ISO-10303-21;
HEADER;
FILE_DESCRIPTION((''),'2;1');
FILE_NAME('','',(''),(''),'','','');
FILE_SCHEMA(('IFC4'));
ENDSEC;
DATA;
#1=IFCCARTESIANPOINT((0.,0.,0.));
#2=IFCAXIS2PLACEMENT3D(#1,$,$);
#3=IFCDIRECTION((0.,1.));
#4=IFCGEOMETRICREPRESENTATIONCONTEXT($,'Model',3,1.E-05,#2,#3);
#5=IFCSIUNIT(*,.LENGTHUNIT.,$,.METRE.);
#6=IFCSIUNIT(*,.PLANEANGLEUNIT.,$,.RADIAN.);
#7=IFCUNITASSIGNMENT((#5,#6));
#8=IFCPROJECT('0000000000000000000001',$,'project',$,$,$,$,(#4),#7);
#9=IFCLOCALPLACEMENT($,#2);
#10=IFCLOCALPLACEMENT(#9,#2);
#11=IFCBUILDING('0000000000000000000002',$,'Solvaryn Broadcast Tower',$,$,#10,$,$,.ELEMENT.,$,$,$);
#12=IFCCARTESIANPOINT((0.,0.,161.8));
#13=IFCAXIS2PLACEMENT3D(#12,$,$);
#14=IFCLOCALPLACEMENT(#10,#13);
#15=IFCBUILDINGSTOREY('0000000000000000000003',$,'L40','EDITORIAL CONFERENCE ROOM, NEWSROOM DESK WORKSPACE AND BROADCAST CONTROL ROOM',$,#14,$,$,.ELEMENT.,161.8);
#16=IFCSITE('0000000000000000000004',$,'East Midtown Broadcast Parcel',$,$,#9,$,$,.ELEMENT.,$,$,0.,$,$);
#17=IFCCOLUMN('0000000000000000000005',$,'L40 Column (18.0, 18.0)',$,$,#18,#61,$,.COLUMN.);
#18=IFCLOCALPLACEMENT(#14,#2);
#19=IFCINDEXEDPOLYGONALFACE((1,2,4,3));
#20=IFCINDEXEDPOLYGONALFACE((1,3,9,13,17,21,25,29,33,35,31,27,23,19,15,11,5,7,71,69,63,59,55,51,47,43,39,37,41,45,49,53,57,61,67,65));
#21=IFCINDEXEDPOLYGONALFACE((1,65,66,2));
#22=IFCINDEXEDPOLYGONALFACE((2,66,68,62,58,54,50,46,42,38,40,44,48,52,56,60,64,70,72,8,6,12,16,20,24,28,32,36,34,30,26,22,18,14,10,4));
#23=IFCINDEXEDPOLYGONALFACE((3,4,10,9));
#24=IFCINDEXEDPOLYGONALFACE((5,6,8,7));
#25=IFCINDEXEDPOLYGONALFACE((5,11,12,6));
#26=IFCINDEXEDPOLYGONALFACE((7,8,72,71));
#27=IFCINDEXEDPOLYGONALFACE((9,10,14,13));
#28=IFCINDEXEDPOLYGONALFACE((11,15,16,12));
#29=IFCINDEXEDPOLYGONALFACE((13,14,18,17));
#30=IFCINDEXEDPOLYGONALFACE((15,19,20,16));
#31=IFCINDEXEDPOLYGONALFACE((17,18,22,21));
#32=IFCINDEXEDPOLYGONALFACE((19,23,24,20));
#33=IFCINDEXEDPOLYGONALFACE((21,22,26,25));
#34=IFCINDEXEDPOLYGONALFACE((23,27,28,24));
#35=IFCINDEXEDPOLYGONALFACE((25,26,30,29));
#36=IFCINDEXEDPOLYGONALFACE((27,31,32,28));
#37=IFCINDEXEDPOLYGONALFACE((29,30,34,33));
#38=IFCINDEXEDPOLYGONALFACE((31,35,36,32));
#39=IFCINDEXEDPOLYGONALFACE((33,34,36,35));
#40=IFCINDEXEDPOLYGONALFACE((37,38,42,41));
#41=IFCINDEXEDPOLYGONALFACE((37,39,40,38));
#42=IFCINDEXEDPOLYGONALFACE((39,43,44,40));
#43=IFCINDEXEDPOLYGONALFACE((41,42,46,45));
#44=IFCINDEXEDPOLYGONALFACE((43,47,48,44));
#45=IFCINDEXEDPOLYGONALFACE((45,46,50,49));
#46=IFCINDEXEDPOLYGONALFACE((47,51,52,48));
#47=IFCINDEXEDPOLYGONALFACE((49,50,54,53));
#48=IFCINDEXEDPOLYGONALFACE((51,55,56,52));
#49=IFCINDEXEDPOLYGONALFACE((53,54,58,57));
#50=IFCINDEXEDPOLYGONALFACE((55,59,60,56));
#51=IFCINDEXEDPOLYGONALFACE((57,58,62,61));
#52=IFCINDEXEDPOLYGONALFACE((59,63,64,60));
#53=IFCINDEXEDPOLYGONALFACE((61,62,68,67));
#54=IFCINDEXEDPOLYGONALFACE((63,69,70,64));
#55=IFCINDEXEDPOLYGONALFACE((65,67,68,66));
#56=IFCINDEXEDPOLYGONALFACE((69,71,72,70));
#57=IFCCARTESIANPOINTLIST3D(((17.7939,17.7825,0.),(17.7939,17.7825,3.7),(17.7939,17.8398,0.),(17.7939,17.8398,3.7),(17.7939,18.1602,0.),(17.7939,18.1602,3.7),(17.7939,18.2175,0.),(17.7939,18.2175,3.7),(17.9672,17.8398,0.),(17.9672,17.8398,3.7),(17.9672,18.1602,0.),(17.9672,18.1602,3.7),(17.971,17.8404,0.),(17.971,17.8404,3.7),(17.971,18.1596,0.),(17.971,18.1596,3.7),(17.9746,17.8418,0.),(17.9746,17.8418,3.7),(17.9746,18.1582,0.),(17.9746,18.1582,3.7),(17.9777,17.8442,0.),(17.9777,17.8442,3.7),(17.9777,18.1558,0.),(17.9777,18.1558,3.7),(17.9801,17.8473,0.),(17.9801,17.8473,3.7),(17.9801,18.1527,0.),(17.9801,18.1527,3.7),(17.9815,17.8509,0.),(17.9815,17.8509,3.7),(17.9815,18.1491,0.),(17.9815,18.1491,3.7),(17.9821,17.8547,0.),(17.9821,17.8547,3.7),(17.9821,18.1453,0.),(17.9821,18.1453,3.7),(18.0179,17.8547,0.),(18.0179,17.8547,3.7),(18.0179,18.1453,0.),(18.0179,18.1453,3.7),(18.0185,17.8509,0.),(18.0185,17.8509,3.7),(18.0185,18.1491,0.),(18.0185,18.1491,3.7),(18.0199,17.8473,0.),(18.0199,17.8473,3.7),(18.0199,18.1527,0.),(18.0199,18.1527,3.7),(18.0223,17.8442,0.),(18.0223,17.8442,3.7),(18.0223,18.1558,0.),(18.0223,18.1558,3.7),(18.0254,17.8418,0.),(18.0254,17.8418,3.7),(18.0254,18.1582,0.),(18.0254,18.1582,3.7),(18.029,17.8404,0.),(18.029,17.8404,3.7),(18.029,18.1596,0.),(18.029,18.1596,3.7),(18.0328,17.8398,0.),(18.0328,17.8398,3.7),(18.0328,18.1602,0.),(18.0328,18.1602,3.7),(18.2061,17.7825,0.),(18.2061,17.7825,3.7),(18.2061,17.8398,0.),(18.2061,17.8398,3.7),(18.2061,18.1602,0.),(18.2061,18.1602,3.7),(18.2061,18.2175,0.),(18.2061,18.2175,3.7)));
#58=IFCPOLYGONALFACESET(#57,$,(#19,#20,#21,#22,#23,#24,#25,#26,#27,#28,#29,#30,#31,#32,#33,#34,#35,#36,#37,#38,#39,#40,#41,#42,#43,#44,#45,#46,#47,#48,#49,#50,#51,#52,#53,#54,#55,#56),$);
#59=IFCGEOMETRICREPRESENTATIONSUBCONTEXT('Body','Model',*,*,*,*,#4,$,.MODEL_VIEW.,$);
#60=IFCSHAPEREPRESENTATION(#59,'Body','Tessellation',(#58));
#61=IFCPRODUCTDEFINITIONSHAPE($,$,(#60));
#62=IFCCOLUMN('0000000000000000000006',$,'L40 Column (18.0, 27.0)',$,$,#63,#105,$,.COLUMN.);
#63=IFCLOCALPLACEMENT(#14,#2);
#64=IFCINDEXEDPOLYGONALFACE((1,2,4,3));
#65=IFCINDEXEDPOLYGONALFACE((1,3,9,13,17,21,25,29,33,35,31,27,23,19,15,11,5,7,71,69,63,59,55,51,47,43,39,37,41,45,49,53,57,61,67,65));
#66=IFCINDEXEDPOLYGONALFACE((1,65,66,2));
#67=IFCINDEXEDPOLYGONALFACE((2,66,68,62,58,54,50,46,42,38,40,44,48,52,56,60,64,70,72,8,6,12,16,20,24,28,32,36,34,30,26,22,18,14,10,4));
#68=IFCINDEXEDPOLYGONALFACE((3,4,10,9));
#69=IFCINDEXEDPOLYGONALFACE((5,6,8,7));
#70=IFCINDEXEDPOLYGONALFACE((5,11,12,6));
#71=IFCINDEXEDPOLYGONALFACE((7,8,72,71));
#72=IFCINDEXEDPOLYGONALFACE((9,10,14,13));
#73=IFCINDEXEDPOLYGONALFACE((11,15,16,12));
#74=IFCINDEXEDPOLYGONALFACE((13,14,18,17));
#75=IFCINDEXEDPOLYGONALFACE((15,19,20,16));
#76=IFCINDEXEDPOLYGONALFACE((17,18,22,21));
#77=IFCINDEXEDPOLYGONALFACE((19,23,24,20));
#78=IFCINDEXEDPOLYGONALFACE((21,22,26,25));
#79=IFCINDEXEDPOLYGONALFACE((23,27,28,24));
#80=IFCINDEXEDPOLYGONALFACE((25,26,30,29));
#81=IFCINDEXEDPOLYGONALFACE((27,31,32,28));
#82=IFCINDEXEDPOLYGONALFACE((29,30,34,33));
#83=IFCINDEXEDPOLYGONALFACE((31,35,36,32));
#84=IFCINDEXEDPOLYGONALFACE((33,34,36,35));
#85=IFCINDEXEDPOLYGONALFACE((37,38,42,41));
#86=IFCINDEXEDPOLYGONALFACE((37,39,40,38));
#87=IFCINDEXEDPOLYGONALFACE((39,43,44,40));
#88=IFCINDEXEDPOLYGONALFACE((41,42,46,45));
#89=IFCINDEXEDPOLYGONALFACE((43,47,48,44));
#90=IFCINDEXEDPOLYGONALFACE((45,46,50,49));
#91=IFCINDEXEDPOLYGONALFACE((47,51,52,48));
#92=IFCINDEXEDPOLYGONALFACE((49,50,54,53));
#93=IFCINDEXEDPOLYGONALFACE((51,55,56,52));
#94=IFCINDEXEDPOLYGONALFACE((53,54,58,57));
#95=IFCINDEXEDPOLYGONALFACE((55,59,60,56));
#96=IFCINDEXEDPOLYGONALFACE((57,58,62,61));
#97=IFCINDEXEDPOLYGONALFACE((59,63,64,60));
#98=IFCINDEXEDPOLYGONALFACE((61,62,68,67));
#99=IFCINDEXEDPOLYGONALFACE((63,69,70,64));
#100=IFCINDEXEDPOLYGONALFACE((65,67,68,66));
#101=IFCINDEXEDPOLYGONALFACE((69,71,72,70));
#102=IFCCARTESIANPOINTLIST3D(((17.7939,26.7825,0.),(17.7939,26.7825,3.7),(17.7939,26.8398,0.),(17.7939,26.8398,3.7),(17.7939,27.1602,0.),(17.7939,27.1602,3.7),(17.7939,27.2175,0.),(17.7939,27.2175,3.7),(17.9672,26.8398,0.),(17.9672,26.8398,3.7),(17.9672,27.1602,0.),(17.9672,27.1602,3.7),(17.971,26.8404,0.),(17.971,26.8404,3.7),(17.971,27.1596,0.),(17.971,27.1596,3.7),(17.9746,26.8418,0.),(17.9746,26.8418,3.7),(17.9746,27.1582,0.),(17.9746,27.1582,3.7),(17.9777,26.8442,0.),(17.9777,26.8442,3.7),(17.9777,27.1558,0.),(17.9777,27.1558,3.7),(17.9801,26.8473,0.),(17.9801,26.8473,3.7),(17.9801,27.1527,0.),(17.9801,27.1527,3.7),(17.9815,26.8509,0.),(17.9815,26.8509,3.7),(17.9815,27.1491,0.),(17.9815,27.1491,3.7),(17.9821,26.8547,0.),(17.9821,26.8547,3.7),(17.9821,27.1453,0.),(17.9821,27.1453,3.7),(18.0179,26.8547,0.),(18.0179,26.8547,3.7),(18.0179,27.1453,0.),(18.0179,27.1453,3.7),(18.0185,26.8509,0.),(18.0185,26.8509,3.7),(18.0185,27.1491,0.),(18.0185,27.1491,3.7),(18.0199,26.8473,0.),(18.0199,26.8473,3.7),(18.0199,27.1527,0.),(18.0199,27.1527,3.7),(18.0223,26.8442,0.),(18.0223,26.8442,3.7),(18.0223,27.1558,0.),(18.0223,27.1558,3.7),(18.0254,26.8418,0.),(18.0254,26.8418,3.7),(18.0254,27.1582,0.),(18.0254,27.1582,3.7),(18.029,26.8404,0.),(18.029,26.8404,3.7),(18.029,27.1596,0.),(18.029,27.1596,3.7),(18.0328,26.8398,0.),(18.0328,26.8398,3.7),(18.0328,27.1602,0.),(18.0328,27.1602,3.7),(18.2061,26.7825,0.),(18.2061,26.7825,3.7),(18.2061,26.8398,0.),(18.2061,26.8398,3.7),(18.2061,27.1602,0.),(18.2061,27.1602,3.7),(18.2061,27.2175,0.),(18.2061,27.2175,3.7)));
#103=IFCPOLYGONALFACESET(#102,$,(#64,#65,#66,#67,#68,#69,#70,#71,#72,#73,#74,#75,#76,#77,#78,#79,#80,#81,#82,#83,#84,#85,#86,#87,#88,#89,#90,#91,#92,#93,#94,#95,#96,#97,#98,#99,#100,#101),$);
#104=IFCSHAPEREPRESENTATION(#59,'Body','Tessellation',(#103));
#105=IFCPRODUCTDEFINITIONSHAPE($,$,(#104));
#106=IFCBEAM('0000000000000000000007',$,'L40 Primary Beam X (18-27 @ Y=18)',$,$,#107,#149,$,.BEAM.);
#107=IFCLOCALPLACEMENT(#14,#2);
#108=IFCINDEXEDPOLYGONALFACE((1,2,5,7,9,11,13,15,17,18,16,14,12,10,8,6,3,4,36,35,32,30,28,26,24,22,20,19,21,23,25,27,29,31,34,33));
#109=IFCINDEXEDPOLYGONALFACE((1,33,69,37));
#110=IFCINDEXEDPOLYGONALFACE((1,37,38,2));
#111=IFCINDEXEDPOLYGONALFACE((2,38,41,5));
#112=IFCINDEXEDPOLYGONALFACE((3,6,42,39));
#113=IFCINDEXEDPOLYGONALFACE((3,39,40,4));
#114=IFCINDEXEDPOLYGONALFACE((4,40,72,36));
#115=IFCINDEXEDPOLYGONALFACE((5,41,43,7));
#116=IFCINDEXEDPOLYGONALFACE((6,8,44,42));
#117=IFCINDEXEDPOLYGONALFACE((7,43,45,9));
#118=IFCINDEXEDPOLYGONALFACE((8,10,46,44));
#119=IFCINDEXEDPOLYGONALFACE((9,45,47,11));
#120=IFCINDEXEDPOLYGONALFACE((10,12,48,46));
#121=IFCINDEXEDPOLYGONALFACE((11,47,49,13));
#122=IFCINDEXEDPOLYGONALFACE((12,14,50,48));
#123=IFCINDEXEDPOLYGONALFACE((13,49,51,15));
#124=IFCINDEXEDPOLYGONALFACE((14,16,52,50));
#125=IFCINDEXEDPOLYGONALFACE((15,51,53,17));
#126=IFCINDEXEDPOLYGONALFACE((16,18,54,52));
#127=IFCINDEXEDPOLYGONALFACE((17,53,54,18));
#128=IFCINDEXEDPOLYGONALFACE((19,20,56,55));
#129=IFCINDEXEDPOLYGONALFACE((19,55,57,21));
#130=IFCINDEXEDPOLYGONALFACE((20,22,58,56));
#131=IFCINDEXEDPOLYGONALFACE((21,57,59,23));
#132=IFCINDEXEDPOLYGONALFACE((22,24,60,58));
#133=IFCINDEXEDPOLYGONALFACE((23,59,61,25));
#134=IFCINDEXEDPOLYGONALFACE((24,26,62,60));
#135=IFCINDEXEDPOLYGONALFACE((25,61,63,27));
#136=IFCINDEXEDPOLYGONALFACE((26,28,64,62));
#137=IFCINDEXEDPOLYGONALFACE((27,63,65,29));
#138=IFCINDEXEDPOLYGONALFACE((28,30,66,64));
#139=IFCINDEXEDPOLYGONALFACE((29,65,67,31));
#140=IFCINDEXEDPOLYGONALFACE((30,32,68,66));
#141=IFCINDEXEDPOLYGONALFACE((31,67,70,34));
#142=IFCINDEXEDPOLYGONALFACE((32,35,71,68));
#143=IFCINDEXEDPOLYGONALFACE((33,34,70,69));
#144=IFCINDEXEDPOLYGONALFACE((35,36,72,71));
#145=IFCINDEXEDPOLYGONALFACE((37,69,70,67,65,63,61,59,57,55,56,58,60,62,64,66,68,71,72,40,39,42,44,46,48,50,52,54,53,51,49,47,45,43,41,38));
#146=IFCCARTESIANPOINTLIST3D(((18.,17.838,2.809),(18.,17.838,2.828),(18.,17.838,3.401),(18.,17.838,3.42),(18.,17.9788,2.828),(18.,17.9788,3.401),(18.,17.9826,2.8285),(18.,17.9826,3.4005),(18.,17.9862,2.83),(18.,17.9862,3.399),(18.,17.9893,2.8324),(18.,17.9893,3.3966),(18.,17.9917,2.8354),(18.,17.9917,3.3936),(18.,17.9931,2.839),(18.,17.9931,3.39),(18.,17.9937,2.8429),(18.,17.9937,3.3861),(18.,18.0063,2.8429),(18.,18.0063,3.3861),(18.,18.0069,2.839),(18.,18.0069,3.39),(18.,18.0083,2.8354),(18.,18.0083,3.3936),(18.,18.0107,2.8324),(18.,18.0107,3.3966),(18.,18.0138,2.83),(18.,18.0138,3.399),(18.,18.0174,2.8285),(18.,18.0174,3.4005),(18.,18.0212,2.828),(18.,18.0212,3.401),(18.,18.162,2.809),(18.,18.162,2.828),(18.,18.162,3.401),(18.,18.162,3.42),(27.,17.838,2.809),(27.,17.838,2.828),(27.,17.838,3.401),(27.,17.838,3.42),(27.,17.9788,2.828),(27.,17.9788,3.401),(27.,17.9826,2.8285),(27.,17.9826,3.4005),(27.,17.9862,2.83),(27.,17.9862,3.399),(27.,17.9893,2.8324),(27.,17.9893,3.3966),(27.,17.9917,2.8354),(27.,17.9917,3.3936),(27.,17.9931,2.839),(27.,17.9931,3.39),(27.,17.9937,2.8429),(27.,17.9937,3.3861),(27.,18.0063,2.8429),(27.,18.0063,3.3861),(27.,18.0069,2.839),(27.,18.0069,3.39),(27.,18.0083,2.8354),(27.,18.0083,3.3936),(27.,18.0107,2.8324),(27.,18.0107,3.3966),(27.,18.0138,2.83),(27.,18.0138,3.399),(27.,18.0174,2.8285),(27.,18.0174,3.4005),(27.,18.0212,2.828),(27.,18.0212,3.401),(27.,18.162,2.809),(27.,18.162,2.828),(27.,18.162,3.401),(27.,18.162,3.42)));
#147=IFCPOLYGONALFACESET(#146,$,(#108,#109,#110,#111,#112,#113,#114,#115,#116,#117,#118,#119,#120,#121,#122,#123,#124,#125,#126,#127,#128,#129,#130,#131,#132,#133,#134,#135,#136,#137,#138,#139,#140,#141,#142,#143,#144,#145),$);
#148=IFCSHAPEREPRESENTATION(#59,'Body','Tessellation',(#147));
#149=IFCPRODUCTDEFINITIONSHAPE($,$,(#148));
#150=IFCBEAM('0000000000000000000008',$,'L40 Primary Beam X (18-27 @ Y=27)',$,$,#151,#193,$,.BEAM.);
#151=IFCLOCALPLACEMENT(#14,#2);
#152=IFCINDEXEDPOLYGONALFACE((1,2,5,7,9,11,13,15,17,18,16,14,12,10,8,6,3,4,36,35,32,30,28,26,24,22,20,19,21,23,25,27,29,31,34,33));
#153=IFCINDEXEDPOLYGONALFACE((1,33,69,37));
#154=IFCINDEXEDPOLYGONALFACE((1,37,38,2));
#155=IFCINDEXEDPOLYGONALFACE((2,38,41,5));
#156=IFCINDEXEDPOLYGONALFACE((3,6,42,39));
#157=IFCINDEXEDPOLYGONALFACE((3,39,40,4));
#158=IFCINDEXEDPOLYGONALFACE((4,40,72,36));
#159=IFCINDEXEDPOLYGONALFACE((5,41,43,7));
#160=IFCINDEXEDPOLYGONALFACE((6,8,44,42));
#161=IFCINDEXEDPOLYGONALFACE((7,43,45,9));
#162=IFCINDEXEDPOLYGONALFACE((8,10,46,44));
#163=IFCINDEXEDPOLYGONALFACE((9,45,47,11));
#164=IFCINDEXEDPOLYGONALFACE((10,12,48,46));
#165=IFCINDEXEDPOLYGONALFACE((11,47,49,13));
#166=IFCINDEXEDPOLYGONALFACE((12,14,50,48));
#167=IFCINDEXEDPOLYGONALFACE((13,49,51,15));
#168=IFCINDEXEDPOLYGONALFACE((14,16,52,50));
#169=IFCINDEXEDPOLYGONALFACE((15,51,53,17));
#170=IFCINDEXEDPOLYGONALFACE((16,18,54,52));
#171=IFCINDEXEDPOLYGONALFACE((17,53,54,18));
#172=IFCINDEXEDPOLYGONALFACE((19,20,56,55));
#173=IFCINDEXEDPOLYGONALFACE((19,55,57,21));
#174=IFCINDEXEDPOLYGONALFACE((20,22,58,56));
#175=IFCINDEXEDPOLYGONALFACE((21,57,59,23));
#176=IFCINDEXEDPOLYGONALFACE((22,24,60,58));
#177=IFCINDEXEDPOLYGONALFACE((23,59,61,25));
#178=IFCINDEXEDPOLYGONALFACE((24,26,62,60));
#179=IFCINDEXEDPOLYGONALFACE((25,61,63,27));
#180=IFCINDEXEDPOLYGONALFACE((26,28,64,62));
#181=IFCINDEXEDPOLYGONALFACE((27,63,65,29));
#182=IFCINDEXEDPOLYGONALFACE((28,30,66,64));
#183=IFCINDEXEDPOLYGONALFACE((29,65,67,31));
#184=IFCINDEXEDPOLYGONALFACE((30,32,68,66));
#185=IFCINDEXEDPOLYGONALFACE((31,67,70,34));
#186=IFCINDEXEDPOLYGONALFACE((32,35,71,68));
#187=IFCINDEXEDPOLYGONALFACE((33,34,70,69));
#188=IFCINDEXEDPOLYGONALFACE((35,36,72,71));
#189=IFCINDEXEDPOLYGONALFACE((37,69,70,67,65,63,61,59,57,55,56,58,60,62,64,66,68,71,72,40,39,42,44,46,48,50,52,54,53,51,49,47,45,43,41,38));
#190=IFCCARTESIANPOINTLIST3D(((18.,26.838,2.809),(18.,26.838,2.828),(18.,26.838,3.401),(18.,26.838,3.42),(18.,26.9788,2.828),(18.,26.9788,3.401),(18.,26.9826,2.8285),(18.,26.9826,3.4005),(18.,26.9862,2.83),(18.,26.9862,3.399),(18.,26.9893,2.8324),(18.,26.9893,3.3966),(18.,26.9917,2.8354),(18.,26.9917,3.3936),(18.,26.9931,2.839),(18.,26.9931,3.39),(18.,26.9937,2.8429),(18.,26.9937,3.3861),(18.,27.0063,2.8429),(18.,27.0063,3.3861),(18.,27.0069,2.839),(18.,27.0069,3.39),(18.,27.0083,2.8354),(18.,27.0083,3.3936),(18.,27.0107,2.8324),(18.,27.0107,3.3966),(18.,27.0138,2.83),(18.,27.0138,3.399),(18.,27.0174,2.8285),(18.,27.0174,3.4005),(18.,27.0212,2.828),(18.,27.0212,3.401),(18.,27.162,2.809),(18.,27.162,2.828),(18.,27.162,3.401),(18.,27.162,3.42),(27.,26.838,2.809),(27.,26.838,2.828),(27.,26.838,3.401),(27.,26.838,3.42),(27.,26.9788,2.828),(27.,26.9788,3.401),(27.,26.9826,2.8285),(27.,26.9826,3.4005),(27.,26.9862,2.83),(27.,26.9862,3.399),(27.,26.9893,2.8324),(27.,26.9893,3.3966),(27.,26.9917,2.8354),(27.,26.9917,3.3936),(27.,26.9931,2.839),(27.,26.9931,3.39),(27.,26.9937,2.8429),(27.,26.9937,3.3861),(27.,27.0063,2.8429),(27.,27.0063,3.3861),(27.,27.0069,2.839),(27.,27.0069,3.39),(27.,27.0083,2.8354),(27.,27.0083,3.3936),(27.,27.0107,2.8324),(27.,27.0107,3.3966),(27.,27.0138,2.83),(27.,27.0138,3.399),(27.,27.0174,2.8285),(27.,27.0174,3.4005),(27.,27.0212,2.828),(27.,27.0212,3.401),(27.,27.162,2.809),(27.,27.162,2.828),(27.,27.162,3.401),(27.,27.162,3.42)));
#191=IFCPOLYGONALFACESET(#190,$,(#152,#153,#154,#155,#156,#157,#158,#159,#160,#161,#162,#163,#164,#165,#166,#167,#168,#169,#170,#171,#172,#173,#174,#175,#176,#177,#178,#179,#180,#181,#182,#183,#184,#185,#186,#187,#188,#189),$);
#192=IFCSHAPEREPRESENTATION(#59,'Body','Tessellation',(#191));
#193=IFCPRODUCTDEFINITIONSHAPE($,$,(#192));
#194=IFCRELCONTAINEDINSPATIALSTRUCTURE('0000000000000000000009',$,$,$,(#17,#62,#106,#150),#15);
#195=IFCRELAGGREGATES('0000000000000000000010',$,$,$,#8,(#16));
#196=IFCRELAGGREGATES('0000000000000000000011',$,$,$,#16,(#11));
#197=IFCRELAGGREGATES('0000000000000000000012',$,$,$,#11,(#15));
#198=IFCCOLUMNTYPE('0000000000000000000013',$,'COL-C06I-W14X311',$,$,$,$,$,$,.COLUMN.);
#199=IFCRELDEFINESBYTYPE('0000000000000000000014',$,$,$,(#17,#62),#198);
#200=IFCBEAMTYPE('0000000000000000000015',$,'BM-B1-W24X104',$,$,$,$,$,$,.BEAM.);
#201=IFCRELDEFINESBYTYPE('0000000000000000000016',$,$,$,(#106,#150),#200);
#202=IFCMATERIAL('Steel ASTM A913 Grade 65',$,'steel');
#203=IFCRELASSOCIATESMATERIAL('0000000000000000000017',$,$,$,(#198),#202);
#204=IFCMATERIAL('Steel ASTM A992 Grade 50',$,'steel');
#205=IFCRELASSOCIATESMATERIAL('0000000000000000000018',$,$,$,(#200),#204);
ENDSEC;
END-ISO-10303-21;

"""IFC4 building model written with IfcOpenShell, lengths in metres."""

from ifc_helpers import new_model, si_unit, direction, frame, origin, origin_2d, place, context, subcontext, project, spatial, i_section, extrude, material, material_profile, profile_set, type_object, element, save


model = new_model("IFC4")

# Units and contexts
model_context = context("Model", 3, precision=1e-05, world=origin(), true_north=direction((0.0, 1.0)))
body_context = subcontext(model_context, "Body", "Model", "MODEL_VIEW")
ifc_project = project(units=[si_unit("LENGTHUNIT", "METRE"), si_unit("PLANEANGLEUNIT", "RADIAN")], contexts=[model_context])

# Site, building, storey
site_placement = place(None, origin())
site = spatial("IfcSite", under=ifc_project, at=site_placement, Name="East Midtown Broadcast Parcel", CompositionType="ELEMENT", RefElevation=0.0)
building_placement = place(site_placement, origin())
building = spatial("IfcBuilding", under=site, at=building_placement, Name="Solvaryn Broadcast Tower", CompositionType="ELEMENT")
storey_placement = place(building_placement, frame((0.0, 0.0, 161.8)))
storey = spatial("IfcBuildingStorey", under=building, at=storey_placement, Name="L40", Description="EDITORIAL CONFERENCE ROOM, NEWSROOM DESK WORKSPACE AND BROADCAST CONTROL ROOM", CompositionType="ELEMENT", Elevation=161.8)

# Columns
ifc_material_1 = material(Name="Steel ASTM A913 Grade 65", Category="steel")
ifc_material_profile_1 = material_profile(ifc_material_1, i_section(OverallWidth=0.4121, OverallDepth=0.4351, WebThickness=0.0359, FlangeThickness=0.0574, FilletRadius=0.0149, at=origin_2d()))
ifc_profile_set_1 = profile_set([ifc_material_profile_1], Name="Steel ASTM A913 Grade 65")
column_type = type_object("IfcColumnType", Name="COL-C06I-W14X311", PredefinedType="COLUMN", material=ifc_profile_set_1)
for number, where, z_axis, x_axis, name in (
    (1, (18.0, 18.0, 0.0), (0.0, 0.0, 1.0), (1.0, 0.0, 0.0), "L40 Column (18.0, 18.0)"),
    (2, (18.0, 27.0, 0.0), (0.0, 0.0, 1.0), (1.0, 0.0, 0.0), "L40 Column (18.0, 27.0)"),
):
    element("IfcColumn", number, at=place(storey_placement, frame(where, z_axis=z_axis, x_axis=x_axis)), inside=storey, type_object=column_type, Name=name, PredefinedType="COLUMN", context=body_context, shape_type="SweptSolid", body=[
        extrude(i_section(OverallWidth=0.4121, OverallDepth=0.4351, WebThickness=0.0359, FlangeThickness=0.0574, FilletRadius=0.0149, at=origin_2d()), origin(), (0.0, 0.0, 1.0), 3.7),
    ])

# Beams
ifc_material_2 = material(Name="Steel ASTM A992 Grade 50", Category="steel")
ifc_material_profile_2 = material_profile(ifc_material_2, i_section(OverallWidth=0.324, OverallDepth=0.6111, WebThickness=0.0127, FlangeThickness=0.019, FilletRadius=0.0149, at=origin_2d()))
ifc_profile_set_2 = profile_set([ifc_material_profile_2], Name="Steel ASTM A992 Grade 50")
beam_type_1 = type_object("IfcBeamType", Name="BM-B1-W24X104", PredefinedType="BEAM", material=ifc_profile_set_2)
for number, where, z_axis, x_axis, name in (
    (3, (18.0, 18.0, 3.1145), (1.0, 0.0, 0.0), (0.0, 1.0, 0.0), "L40 Primary Beam X (18-27 @ Y=18)"),
    (4, (18.0, 27.0, 3.1145), (1.0, 0.0, 0.0), (0.0, 1.0, 0.0), "L40 Primary Beam X (18-27 @ Y=27)"),
):
    element("IfcBeam", number, at=place(storey_placement, frame(where, z_axis=z_axis, x_axis=x_axis)), inside=storey, type_object=beam_type_1, Name=name, PredefinedType="BEAM", context=body_context, shape_type="SweptSolid", body=[
        extrude(i_section(OverallWidth=0.324, OverallDepth=0.6111, WebThickness=0.0127, FlangeThickness=0.019, FilletRadius=0.0149, at=origin_2d()), origin(), (0.0, 0.0, 1.0), 9.0),
    ])

save(model, "model.ifc")
